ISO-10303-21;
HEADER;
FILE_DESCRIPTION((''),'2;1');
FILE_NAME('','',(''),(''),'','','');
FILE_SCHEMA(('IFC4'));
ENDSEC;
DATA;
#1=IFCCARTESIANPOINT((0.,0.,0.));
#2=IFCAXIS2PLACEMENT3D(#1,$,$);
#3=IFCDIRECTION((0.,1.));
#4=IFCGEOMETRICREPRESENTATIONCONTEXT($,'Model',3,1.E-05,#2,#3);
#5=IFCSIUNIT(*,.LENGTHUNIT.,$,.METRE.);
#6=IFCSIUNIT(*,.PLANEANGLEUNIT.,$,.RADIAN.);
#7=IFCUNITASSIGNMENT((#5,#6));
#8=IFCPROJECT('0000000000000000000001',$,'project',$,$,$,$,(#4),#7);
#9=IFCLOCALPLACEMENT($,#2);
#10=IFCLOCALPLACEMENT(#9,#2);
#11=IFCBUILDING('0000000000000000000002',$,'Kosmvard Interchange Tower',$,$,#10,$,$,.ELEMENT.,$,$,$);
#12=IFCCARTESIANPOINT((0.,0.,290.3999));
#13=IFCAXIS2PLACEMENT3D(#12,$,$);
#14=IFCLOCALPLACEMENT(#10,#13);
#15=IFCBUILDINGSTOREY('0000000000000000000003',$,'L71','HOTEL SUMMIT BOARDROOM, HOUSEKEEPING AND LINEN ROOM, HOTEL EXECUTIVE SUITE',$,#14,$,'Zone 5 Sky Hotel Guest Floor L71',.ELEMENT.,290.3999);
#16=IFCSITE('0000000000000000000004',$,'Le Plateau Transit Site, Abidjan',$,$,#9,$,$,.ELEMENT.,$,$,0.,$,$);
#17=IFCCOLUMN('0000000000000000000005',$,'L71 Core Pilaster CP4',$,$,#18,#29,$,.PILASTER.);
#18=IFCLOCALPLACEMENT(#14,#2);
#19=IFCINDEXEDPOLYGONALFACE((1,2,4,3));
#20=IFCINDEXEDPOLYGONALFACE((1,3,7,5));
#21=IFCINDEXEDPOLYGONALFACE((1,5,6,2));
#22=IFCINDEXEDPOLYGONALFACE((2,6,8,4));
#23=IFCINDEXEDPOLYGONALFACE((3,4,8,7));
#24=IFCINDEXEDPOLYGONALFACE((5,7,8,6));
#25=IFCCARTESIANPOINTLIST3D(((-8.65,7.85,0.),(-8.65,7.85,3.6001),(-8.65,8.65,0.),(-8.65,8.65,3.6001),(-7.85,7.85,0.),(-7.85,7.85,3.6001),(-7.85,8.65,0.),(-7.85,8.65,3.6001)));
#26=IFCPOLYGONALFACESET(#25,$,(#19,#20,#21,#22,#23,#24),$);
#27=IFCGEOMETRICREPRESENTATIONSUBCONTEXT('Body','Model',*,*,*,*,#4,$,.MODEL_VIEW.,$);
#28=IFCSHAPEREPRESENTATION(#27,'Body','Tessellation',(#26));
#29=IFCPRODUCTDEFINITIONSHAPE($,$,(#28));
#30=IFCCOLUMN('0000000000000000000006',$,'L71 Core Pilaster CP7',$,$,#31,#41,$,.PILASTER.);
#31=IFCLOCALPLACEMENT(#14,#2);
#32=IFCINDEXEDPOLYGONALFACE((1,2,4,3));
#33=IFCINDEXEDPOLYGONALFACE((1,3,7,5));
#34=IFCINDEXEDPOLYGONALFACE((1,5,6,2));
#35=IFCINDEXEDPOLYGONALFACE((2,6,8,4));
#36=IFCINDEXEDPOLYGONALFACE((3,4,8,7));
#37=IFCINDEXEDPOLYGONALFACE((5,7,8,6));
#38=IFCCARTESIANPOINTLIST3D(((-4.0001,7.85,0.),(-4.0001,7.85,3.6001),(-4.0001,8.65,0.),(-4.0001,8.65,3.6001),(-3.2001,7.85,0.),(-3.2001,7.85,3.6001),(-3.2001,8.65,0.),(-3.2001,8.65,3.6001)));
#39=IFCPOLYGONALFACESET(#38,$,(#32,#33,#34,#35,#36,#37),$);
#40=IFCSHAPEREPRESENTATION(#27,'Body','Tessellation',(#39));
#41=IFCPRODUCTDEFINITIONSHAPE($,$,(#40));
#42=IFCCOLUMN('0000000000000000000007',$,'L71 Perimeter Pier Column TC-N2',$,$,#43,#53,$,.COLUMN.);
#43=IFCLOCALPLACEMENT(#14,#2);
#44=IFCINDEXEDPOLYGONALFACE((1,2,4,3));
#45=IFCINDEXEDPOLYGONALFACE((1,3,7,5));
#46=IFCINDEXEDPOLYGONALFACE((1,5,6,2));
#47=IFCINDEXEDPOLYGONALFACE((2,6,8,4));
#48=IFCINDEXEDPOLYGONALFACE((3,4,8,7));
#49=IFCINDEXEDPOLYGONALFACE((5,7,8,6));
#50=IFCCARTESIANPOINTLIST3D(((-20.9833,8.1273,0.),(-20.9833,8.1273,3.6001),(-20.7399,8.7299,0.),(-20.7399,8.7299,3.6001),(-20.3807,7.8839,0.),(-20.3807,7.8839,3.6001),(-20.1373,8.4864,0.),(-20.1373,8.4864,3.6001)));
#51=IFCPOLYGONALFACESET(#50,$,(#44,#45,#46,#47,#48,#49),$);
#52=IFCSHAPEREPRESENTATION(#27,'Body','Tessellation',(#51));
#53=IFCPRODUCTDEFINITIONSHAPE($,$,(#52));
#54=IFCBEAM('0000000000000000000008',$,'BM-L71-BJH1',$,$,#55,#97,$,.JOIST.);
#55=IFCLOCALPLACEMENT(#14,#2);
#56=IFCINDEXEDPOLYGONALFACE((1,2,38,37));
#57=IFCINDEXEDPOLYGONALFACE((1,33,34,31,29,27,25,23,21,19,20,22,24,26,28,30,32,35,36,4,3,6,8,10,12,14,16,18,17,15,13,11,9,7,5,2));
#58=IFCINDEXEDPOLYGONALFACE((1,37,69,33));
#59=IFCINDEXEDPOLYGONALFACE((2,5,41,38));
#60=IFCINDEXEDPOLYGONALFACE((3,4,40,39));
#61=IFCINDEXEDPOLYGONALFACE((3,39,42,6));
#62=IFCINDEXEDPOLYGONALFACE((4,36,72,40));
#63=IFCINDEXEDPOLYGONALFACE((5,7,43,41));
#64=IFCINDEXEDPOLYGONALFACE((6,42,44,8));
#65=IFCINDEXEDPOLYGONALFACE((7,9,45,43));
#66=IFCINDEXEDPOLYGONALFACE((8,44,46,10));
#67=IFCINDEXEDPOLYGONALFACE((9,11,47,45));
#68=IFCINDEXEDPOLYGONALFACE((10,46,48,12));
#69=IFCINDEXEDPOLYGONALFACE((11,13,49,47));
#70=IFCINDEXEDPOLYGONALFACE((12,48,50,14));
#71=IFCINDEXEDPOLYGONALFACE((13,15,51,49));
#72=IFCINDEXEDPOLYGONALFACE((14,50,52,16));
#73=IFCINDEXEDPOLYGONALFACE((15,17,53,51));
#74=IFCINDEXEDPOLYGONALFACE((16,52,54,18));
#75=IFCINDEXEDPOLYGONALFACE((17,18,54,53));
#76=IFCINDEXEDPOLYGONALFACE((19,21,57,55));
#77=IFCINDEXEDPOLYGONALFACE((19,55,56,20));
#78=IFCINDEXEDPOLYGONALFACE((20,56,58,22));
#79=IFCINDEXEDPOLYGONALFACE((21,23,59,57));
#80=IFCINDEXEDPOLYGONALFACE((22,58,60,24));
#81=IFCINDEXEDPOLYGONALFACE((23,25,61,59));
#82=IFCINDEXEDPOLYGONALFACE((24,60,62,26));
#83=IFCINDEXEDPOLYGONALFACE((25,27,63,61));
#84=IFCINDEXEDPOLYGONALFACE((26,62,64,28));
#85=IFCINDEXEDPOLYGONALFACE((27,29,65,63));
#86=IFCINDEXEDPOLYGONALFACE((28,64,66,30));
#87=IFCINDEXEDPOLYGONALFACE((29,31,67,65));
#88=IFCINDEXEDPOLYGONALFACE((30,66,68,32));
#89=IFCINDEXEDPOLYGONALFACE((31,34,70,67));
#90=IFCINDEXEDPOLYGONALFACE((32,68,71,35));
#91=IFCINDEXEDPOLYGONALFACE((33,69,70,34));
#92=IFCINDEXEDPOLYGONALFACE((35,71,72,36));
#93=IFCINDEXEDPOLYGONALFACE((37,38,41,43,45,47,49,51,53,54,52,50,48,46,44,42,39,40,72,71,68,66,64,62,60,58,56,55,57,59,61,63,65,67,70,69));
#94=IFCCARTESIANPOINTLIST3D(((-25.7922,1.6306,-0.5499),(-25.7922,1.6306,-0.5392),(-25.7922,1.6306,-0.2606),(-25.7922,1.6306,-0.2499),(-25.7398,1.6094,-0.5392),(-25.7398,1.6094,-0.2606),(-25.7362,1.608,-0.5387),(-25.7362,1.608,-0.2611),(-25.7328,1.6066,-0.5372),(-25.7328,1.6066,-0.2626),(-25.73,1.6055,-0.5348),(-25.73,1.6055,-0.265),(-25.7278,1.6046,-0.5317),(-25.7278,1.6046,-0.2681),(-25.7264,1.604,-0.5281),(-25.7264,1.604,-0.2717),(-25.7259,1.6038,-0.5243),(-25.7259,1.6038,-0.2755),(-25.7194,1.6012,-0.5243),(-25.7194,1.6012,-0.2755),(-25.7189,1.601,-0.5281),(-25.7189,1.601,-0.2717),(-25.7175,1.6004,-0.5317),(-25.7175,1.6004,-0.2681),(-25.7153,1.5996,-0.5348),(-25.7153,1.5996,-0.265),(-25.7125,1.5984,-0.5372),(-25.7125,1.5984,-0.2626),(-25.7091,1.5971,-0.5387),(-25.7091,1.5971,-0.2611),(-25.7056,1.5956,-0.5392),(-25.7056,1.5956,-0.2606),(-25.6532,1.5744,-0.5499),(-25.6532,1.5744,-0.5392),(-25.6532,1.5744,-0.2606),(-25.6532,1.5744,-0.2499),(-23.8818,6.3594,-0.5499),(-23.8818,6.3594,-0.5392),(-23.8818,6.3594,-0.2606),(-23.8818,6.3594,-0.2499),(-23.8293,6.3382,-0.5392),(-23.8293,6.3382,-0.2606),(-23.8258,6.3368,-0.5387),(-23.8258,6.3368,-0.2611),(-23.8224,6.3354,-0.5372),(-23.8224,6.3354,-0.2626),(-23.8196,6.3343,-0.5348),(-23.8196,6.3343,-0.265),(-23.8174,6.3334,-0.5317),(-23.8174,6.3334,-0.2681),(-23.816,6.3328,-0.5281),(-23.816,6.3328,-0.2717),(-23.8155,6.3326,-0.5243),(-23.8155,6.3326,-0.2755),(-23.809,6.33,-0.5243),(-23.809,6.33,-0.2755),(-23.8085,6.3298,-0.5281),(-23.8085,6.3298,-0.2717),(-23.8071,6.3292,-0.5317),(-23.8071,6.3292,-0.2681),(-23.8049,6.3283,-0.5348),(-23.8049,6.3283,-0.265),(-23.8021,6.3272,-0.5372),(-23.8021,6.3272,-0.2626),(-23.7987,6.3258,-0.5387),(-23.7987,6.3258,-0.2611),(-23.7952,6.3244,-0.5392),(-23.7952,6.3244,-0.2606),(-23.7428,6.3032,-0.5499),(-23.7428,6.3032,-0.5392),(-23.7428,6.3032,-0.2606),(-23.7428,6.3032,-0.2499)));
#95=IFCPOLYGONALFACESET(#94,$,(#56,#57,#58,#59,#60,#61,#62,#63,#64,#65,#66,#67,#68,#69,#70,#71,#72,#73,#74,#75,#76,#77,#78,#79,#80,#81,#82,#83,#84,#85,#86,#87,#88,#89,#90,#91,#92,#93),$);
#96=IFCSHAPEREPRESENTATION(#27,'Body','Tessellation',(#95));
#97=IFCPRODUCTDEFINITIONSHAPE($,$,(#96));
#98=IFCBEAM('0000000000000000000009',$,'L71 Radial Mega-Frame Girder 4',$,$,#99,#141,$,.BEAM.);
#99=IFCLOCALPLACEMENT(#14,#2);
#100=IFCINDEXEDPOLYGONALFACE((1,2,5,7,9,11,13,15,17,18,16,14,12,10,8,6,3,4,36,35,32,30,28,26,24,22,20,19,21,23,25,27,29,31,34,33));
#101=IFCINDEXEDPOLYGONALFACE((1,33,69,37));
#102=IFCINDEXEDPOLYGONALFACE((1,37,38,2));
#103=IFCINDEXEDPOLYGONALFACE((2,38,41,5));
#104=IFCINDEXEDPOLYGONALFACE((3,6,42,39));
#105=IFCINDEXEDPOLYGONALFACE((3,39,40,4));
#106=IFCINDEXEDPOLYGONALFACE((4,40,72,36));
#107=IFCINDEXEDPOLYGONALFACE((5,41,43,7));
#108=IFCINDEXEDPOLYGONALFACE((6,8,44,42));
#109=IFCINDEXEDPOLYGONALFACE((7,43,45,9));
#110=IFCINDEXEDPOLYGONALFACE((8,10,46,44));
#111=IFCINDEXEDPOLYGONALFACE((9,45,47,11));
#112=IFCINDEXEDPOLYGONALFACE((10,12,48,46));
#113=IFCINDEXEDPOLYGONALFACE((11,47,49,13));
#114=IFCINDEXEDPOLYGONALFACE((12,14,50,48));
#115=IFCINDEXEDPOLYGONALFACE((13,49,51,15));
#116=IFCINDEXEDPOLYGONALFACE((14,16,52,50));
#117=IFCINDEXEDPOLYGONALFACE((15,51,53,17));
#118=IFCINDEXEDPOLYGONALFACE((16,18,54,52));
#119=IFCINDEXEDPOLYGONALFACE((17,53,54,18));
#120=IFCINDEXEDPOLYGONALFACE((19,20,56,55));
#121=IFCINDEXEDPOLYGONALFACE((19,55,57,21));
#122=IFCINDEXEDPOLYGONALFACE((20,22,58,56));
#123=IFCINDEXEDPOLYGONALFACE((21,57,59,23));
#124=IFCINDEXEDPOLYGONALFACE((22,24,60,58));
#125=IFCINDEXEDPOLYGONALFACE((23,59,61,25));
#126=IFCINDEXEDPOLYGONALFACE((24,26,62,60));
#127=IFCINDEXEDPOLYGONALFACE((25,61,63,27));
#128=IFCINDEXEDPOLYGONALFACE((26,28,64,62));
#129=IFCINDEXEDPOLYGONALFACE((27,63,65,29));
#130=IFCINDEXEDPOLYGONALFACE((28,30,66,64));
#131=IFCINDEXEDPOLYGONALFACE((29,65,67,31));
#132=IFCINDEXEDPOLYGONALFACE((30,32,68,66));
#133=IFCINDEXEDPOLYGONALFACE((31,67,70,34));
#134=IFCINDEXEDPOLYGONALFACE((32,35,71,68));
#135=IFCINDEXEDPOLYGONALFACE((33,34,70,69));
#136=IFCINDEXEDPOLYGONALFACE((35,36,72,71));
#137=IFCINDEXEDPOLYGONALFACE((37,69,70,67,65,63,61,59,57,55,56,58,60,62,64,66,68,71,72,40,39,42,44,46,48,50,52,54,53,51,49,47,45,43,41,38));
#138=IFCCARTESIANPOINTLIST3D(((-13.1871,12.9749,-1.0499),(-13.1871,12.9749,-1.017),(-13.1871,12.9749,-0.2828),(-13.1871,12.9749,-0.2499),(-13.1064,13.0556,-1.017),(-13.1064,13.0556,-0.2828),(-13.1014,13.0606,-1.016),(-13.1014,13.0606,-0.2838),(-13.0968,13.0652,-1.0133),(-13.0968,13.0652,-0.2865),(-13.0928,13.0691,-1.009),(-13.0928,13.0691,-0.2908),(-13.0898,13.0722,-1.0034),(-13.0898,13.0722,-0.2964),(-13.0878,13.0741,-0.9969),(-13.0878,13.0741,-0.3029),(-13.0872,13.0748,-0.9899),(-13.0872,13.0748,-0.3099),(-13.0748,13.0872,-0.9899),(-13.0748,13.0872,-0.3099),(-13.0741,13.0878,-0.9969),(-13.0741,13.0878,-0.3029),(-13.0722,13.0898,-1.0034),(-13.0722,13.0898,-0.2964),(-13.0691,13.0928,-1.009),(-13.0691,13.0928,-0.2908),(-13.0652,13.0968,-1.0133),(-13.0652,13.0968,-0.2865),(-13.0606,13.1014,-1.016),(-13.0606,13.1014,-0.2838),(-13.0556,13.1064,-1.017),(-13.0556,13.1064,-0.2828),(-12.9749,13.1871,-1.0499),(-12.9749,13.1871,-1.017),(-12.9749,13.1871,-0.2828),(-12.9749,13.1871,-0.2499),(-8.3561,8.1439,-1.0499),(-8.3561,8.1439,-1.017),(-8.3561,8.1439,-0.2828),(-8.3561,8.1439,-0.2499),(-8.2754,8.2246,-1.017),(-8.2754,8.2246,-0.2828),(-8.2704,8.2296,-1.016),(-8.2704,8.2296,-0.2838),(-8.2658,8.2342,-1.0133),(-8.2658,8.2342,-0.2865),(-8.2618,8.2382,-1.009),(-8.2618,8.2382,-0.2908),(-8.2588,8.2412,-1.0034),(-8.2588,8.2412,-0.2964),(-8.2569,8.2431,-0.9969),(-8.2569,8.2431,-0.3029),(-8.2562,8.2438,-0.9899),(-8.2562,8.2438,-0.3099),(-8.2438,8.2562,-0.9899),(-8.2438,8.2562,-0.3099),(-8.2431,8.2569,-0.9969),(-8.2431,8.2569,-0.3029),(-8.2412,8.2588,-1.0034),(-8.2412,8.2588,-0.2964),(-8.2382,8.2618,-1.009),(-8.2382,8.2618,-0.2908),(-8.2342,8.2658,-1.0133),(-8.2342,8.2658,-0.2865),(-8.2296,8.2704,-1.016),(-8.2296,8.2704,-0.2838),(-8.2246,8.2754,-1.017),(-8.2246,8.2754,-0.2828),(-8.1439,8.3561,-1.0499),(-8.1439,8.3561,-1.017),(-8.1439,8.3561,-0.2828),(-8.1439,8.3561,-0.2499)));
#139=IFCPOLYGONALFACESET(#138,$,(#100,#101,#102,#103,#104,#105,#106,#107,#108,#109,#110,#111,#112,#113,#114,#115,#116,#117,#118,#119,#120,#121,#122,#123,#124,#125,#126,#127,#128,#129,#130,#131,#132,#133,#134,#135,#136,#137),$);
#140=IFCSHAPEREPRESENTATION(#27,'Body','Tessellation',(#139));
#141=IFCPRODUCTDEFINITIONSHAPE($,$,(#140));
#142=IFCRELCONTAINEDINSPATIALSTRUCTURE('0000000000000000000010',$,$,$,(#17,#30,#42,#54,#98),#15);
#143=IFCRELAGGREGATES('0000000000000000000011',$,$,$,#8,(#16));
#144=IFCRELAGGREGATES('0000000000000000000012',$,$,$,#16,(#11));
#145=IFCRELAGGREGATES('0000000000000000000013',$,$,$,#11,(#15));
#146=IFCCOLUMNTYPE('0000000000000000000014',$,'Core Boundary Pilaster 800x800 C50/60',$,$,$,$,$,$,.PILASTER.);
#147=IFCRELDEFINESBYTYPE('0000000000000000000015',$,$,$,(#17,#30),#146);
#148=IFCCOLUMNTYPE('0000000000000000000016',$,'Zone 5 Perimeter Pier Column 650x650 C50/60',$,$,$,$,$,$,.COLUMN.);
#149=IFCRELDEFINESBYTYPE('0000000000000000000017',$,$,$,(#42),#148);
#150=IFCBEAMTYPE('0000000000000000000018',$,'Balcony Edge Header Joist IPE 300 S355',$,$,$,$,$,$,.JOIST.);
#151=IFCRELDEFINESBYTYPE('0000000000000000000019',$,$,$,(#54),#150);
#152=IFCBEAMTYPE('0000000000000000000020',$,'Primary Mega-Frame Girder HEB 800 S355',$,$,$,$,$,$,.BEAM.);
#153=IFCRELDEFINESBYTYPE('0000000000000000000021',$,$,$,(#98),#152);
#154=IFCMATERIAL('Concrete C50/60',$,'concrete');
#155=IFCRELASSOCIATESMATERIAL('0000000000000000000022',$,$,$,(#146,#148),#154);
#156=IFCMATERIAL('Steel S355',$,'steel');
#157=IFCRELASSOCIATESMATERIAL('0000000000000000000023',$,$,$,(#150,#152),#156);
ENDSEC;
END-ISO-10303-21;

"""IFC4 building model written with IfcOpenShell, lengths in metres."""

from ifc_helpers import new_model, si_unit, direction, frame, origin, origin_2d, place, context, subcontext, project, spatial, rectangle, i_section, extrude, source, transform, mapped, material, material_profile, profile_set, type_object, element, save


model = new_model("IFC4")

# Units and contexts
model_context = context("Model", 3, precision=1e-05, world=origin(), true_north=direction((0.0, 1.0)))
body_context = subcontext(model_context, "Body", "Model", "MODEL_VIEW")
ifc_project = project(units=[si_unit("LENGTHUNIT", "METRE"), si_unit("PLANEANGLEUNIT", "RADIAN")], contexts=[model_context])

# Site, building, storey
site_placement = place(None, origin())
site = spatial("IfcSite", under=ifc_project, at=site_placement, Name="Le Plateau Transit Site, Abidjan", CompositionType="ELEMENT", RefElevation=0.0)
building_placement = place(site_placement, origin())
building = spatial("IfcBuilding", under=site, at=building_placement, Name="Kosmvard Interchange Tower", CompositionType="ELEMENT")
storey_placement = place(building_placement, frame((0.0, 0.0, 290.3999)))
storey = spatial("IfcBuildingStorey", under=building, at=storey_placement, Name="L71", Description="HOTEL SUMMIT BOARDROOM, HOUSEKEEPING AND LINEN ROOM, HOTEL EXECUTIVE SUITE", LongName="Zone 5 Sky Hotel Guest Floor L71", CompositionType="ELEMENT", Elevation=290.3999)

# Columns
ifc_material_1 = material(Name="Concrete C50/60", Category="concrete")
ifc_material_profile_1 = material_profile(ifc_material_1, rectangle(XDim=0.8, YDim=0.8, at=origin_2d()), Name="CP 800x800")
ifc_profile_set_1 = profile_set([ifc_material_profile_1], Name="Concrete C50/60")
column_type_1 = type_object("IfcColumnType", Name="Core Boundary Pilaster 800x800 C50/60", PredefinedType="PILASTER", material=ifc_profile_set_1)
shared_shape_1 = source(origin(), body_context, "Body", "SweptSolid", [
    extrude(rectangle(XDim=0.8, YDim=0.8, at=origin_2d()), origin(), (0.0, 0.0, 1.0), 3.6001),
])
for number, where, z_axis, x_axis, name in (
    (1, (-8.25, 8.25, 0.0), (0.0, 0.0, 1.0), (1.0, 0.0, 0.0), "L71 Core Pilaster CP4"),
    (2, (-3.6001, 8.25, 0.0), (0.0, 0.0, 1.0), (1.0, 0.0, 0.0), "L71 Core Pilaster CP7"),
):
    element("IfcColumn", number, at=place(storey_placement, frame(where, z_axis=z_axis, x_axis=x_axis)), inside=storey, type_object=column_type_1, Name=name, PredefinedType="PILASTER", context=body_context, shape_type="MappedRepresentation", body=[
        mapped(shared_shape_1, transform((0.0, 0.0, 0.0), scale=1.0)),
    ])
ifc_material_profile_2 = material_profile(ifc_material_1, rectangle(XDim=0.6499, YDim=0.6499, at=origin_2d()), Name="TC 650x650")
ifc_profile_set_2 = profile_set([ifc_material_profile_2], Name="Concrete C50/60")
column_type_2 = type_object("IfcColumnType", Name="Zone 5 Perimeter Pier Column 650x650 C50/60", PredefinedType="COLUMN", material=ifc_profile_set_2)
shared_shape_2 = source(origin(), body_context, "Body", "SweptSolid", [
    extrude(rectangle(XDim=0.6499, YDim=0.6499, at=origin_2d()), origin(), (0.0, 0.0, 1.0), 3.6001),
])
column_placement = place(storey_placement, frame((-20.5603, 8.3069, 0.0), z_axis=(0.0, 0.0, 1.0), x_axis=(0.374607, 0.927184, 0.0)))
element("IfcColumn", 3, at=column_placement, inside=storey, type_object=column_type_2, Name="L71 Perimeter Pier Column TC-N2", PredefinedType="COLUMN", context=body_context, shape_type="MappedRepresentation", body=[
    mapped(shared_shape_2, transform((0.0, 0.0, 0.0), scale=1.0)),
])

# Beams
ifc_material_2 = material(Name="Steel S355", Category="steel")
ifc_material_profile_3 = material_profile(ifc_material_2, i_section(OverallWidth=0.1499, OverallDepth=0.3, WebThickness=0.0071, FlangeThickness=0.0107, FilletRadius=0.0149, at=origin_2d()), Name="IPE 300")
ifc_profile_set_3 = profile_set([ifc_material_profile_3], Name="Steel S355")
beam_type_1 = type_object("IfcBeamType", Name="Balcony Edge Header Joist IPE 300 S355", PredefinedType="JOIST", material=ifc_profile_set_3)
shared_shape_3 = source(origin(), body_context, "Body", "SweptSolid", [
    extrude(i_section(OverallWidth=0.1499, OverallDepth=0.3, WebThickness=0.0071, FlangeThickness=0.0107, FilletRadius=0.0149, at=origin_2d()), origin(), (0.0, 0.0, 1.0), 5.1001),
])
beam_1_placement = place(storey_placement, frame((-23.8123, 6.3313, -0.3999), z_axis=(-0.374583, -0.927194, 0.0), x_axis=(0.927194, -0.374583, 0.0)))
element("IfcBeam", 4, at=beam_1_placement, inside=storey, type_object=beam_type_1, Name="BM-L71-BJH1", PredefinedType="JOIST", context=body_context, shape_type="MappedRepresentation", body=[
    mapped(shared_shape_3, transform((0.0, 0.0, 0.0), scale=1.0)),
])
ifc_material_profile_4 = material_profile(ifc_material_2, i_section(OverallWidth=0.3, OverallDepth=0.8, WebThickness=0.0176, FlangeThickness=0.033, FilletRadius=0.0271, at=origin_2d()), Name="HEB 800")
ifc_profile_set_4 = profile_set([ifc_material_profile_4], Name="Steel S355")
beam_type_2 = type_object("IfcBeamType", Name="Primary Mega-Frame Girder HEB 800 S355", PredefinedType="BEAM", material=ifc_profile_set_4)
shared_shape_4 = source(origin(), body_context, "Body", "SweptSolid", [
    extrude(i_section(OverallWidth=0.3, OverallDepth=0.8, WebThickness=0.0176, FlangeThickness=0.033, FilletRadius=0.0271, at=origin_2d()), origin(), (0.0, 0.0, 1.0), 6.832),
])
beam_2_placement = place(storey_placement, frame((-8.25, 8.25, -0.6499), z_axis=(-0.707107, 0.707107, 0.0), x_axis=(-0.707107, -0.707107, 0.0)))
element("IfcBeam", 5, at=beam_2_placement, inside=storey, type_object=beam_type_2, Name="L71 Radial Mega-Frame Girder 4", PredefinedType="BEAM", context=body_context, shape_type="MappedRepresentation", body=[
    mapped(shared_shape_4, transform((0.0, 0.0, 0.0), scale=1.0)),
])

save(model, "model.ifc")
